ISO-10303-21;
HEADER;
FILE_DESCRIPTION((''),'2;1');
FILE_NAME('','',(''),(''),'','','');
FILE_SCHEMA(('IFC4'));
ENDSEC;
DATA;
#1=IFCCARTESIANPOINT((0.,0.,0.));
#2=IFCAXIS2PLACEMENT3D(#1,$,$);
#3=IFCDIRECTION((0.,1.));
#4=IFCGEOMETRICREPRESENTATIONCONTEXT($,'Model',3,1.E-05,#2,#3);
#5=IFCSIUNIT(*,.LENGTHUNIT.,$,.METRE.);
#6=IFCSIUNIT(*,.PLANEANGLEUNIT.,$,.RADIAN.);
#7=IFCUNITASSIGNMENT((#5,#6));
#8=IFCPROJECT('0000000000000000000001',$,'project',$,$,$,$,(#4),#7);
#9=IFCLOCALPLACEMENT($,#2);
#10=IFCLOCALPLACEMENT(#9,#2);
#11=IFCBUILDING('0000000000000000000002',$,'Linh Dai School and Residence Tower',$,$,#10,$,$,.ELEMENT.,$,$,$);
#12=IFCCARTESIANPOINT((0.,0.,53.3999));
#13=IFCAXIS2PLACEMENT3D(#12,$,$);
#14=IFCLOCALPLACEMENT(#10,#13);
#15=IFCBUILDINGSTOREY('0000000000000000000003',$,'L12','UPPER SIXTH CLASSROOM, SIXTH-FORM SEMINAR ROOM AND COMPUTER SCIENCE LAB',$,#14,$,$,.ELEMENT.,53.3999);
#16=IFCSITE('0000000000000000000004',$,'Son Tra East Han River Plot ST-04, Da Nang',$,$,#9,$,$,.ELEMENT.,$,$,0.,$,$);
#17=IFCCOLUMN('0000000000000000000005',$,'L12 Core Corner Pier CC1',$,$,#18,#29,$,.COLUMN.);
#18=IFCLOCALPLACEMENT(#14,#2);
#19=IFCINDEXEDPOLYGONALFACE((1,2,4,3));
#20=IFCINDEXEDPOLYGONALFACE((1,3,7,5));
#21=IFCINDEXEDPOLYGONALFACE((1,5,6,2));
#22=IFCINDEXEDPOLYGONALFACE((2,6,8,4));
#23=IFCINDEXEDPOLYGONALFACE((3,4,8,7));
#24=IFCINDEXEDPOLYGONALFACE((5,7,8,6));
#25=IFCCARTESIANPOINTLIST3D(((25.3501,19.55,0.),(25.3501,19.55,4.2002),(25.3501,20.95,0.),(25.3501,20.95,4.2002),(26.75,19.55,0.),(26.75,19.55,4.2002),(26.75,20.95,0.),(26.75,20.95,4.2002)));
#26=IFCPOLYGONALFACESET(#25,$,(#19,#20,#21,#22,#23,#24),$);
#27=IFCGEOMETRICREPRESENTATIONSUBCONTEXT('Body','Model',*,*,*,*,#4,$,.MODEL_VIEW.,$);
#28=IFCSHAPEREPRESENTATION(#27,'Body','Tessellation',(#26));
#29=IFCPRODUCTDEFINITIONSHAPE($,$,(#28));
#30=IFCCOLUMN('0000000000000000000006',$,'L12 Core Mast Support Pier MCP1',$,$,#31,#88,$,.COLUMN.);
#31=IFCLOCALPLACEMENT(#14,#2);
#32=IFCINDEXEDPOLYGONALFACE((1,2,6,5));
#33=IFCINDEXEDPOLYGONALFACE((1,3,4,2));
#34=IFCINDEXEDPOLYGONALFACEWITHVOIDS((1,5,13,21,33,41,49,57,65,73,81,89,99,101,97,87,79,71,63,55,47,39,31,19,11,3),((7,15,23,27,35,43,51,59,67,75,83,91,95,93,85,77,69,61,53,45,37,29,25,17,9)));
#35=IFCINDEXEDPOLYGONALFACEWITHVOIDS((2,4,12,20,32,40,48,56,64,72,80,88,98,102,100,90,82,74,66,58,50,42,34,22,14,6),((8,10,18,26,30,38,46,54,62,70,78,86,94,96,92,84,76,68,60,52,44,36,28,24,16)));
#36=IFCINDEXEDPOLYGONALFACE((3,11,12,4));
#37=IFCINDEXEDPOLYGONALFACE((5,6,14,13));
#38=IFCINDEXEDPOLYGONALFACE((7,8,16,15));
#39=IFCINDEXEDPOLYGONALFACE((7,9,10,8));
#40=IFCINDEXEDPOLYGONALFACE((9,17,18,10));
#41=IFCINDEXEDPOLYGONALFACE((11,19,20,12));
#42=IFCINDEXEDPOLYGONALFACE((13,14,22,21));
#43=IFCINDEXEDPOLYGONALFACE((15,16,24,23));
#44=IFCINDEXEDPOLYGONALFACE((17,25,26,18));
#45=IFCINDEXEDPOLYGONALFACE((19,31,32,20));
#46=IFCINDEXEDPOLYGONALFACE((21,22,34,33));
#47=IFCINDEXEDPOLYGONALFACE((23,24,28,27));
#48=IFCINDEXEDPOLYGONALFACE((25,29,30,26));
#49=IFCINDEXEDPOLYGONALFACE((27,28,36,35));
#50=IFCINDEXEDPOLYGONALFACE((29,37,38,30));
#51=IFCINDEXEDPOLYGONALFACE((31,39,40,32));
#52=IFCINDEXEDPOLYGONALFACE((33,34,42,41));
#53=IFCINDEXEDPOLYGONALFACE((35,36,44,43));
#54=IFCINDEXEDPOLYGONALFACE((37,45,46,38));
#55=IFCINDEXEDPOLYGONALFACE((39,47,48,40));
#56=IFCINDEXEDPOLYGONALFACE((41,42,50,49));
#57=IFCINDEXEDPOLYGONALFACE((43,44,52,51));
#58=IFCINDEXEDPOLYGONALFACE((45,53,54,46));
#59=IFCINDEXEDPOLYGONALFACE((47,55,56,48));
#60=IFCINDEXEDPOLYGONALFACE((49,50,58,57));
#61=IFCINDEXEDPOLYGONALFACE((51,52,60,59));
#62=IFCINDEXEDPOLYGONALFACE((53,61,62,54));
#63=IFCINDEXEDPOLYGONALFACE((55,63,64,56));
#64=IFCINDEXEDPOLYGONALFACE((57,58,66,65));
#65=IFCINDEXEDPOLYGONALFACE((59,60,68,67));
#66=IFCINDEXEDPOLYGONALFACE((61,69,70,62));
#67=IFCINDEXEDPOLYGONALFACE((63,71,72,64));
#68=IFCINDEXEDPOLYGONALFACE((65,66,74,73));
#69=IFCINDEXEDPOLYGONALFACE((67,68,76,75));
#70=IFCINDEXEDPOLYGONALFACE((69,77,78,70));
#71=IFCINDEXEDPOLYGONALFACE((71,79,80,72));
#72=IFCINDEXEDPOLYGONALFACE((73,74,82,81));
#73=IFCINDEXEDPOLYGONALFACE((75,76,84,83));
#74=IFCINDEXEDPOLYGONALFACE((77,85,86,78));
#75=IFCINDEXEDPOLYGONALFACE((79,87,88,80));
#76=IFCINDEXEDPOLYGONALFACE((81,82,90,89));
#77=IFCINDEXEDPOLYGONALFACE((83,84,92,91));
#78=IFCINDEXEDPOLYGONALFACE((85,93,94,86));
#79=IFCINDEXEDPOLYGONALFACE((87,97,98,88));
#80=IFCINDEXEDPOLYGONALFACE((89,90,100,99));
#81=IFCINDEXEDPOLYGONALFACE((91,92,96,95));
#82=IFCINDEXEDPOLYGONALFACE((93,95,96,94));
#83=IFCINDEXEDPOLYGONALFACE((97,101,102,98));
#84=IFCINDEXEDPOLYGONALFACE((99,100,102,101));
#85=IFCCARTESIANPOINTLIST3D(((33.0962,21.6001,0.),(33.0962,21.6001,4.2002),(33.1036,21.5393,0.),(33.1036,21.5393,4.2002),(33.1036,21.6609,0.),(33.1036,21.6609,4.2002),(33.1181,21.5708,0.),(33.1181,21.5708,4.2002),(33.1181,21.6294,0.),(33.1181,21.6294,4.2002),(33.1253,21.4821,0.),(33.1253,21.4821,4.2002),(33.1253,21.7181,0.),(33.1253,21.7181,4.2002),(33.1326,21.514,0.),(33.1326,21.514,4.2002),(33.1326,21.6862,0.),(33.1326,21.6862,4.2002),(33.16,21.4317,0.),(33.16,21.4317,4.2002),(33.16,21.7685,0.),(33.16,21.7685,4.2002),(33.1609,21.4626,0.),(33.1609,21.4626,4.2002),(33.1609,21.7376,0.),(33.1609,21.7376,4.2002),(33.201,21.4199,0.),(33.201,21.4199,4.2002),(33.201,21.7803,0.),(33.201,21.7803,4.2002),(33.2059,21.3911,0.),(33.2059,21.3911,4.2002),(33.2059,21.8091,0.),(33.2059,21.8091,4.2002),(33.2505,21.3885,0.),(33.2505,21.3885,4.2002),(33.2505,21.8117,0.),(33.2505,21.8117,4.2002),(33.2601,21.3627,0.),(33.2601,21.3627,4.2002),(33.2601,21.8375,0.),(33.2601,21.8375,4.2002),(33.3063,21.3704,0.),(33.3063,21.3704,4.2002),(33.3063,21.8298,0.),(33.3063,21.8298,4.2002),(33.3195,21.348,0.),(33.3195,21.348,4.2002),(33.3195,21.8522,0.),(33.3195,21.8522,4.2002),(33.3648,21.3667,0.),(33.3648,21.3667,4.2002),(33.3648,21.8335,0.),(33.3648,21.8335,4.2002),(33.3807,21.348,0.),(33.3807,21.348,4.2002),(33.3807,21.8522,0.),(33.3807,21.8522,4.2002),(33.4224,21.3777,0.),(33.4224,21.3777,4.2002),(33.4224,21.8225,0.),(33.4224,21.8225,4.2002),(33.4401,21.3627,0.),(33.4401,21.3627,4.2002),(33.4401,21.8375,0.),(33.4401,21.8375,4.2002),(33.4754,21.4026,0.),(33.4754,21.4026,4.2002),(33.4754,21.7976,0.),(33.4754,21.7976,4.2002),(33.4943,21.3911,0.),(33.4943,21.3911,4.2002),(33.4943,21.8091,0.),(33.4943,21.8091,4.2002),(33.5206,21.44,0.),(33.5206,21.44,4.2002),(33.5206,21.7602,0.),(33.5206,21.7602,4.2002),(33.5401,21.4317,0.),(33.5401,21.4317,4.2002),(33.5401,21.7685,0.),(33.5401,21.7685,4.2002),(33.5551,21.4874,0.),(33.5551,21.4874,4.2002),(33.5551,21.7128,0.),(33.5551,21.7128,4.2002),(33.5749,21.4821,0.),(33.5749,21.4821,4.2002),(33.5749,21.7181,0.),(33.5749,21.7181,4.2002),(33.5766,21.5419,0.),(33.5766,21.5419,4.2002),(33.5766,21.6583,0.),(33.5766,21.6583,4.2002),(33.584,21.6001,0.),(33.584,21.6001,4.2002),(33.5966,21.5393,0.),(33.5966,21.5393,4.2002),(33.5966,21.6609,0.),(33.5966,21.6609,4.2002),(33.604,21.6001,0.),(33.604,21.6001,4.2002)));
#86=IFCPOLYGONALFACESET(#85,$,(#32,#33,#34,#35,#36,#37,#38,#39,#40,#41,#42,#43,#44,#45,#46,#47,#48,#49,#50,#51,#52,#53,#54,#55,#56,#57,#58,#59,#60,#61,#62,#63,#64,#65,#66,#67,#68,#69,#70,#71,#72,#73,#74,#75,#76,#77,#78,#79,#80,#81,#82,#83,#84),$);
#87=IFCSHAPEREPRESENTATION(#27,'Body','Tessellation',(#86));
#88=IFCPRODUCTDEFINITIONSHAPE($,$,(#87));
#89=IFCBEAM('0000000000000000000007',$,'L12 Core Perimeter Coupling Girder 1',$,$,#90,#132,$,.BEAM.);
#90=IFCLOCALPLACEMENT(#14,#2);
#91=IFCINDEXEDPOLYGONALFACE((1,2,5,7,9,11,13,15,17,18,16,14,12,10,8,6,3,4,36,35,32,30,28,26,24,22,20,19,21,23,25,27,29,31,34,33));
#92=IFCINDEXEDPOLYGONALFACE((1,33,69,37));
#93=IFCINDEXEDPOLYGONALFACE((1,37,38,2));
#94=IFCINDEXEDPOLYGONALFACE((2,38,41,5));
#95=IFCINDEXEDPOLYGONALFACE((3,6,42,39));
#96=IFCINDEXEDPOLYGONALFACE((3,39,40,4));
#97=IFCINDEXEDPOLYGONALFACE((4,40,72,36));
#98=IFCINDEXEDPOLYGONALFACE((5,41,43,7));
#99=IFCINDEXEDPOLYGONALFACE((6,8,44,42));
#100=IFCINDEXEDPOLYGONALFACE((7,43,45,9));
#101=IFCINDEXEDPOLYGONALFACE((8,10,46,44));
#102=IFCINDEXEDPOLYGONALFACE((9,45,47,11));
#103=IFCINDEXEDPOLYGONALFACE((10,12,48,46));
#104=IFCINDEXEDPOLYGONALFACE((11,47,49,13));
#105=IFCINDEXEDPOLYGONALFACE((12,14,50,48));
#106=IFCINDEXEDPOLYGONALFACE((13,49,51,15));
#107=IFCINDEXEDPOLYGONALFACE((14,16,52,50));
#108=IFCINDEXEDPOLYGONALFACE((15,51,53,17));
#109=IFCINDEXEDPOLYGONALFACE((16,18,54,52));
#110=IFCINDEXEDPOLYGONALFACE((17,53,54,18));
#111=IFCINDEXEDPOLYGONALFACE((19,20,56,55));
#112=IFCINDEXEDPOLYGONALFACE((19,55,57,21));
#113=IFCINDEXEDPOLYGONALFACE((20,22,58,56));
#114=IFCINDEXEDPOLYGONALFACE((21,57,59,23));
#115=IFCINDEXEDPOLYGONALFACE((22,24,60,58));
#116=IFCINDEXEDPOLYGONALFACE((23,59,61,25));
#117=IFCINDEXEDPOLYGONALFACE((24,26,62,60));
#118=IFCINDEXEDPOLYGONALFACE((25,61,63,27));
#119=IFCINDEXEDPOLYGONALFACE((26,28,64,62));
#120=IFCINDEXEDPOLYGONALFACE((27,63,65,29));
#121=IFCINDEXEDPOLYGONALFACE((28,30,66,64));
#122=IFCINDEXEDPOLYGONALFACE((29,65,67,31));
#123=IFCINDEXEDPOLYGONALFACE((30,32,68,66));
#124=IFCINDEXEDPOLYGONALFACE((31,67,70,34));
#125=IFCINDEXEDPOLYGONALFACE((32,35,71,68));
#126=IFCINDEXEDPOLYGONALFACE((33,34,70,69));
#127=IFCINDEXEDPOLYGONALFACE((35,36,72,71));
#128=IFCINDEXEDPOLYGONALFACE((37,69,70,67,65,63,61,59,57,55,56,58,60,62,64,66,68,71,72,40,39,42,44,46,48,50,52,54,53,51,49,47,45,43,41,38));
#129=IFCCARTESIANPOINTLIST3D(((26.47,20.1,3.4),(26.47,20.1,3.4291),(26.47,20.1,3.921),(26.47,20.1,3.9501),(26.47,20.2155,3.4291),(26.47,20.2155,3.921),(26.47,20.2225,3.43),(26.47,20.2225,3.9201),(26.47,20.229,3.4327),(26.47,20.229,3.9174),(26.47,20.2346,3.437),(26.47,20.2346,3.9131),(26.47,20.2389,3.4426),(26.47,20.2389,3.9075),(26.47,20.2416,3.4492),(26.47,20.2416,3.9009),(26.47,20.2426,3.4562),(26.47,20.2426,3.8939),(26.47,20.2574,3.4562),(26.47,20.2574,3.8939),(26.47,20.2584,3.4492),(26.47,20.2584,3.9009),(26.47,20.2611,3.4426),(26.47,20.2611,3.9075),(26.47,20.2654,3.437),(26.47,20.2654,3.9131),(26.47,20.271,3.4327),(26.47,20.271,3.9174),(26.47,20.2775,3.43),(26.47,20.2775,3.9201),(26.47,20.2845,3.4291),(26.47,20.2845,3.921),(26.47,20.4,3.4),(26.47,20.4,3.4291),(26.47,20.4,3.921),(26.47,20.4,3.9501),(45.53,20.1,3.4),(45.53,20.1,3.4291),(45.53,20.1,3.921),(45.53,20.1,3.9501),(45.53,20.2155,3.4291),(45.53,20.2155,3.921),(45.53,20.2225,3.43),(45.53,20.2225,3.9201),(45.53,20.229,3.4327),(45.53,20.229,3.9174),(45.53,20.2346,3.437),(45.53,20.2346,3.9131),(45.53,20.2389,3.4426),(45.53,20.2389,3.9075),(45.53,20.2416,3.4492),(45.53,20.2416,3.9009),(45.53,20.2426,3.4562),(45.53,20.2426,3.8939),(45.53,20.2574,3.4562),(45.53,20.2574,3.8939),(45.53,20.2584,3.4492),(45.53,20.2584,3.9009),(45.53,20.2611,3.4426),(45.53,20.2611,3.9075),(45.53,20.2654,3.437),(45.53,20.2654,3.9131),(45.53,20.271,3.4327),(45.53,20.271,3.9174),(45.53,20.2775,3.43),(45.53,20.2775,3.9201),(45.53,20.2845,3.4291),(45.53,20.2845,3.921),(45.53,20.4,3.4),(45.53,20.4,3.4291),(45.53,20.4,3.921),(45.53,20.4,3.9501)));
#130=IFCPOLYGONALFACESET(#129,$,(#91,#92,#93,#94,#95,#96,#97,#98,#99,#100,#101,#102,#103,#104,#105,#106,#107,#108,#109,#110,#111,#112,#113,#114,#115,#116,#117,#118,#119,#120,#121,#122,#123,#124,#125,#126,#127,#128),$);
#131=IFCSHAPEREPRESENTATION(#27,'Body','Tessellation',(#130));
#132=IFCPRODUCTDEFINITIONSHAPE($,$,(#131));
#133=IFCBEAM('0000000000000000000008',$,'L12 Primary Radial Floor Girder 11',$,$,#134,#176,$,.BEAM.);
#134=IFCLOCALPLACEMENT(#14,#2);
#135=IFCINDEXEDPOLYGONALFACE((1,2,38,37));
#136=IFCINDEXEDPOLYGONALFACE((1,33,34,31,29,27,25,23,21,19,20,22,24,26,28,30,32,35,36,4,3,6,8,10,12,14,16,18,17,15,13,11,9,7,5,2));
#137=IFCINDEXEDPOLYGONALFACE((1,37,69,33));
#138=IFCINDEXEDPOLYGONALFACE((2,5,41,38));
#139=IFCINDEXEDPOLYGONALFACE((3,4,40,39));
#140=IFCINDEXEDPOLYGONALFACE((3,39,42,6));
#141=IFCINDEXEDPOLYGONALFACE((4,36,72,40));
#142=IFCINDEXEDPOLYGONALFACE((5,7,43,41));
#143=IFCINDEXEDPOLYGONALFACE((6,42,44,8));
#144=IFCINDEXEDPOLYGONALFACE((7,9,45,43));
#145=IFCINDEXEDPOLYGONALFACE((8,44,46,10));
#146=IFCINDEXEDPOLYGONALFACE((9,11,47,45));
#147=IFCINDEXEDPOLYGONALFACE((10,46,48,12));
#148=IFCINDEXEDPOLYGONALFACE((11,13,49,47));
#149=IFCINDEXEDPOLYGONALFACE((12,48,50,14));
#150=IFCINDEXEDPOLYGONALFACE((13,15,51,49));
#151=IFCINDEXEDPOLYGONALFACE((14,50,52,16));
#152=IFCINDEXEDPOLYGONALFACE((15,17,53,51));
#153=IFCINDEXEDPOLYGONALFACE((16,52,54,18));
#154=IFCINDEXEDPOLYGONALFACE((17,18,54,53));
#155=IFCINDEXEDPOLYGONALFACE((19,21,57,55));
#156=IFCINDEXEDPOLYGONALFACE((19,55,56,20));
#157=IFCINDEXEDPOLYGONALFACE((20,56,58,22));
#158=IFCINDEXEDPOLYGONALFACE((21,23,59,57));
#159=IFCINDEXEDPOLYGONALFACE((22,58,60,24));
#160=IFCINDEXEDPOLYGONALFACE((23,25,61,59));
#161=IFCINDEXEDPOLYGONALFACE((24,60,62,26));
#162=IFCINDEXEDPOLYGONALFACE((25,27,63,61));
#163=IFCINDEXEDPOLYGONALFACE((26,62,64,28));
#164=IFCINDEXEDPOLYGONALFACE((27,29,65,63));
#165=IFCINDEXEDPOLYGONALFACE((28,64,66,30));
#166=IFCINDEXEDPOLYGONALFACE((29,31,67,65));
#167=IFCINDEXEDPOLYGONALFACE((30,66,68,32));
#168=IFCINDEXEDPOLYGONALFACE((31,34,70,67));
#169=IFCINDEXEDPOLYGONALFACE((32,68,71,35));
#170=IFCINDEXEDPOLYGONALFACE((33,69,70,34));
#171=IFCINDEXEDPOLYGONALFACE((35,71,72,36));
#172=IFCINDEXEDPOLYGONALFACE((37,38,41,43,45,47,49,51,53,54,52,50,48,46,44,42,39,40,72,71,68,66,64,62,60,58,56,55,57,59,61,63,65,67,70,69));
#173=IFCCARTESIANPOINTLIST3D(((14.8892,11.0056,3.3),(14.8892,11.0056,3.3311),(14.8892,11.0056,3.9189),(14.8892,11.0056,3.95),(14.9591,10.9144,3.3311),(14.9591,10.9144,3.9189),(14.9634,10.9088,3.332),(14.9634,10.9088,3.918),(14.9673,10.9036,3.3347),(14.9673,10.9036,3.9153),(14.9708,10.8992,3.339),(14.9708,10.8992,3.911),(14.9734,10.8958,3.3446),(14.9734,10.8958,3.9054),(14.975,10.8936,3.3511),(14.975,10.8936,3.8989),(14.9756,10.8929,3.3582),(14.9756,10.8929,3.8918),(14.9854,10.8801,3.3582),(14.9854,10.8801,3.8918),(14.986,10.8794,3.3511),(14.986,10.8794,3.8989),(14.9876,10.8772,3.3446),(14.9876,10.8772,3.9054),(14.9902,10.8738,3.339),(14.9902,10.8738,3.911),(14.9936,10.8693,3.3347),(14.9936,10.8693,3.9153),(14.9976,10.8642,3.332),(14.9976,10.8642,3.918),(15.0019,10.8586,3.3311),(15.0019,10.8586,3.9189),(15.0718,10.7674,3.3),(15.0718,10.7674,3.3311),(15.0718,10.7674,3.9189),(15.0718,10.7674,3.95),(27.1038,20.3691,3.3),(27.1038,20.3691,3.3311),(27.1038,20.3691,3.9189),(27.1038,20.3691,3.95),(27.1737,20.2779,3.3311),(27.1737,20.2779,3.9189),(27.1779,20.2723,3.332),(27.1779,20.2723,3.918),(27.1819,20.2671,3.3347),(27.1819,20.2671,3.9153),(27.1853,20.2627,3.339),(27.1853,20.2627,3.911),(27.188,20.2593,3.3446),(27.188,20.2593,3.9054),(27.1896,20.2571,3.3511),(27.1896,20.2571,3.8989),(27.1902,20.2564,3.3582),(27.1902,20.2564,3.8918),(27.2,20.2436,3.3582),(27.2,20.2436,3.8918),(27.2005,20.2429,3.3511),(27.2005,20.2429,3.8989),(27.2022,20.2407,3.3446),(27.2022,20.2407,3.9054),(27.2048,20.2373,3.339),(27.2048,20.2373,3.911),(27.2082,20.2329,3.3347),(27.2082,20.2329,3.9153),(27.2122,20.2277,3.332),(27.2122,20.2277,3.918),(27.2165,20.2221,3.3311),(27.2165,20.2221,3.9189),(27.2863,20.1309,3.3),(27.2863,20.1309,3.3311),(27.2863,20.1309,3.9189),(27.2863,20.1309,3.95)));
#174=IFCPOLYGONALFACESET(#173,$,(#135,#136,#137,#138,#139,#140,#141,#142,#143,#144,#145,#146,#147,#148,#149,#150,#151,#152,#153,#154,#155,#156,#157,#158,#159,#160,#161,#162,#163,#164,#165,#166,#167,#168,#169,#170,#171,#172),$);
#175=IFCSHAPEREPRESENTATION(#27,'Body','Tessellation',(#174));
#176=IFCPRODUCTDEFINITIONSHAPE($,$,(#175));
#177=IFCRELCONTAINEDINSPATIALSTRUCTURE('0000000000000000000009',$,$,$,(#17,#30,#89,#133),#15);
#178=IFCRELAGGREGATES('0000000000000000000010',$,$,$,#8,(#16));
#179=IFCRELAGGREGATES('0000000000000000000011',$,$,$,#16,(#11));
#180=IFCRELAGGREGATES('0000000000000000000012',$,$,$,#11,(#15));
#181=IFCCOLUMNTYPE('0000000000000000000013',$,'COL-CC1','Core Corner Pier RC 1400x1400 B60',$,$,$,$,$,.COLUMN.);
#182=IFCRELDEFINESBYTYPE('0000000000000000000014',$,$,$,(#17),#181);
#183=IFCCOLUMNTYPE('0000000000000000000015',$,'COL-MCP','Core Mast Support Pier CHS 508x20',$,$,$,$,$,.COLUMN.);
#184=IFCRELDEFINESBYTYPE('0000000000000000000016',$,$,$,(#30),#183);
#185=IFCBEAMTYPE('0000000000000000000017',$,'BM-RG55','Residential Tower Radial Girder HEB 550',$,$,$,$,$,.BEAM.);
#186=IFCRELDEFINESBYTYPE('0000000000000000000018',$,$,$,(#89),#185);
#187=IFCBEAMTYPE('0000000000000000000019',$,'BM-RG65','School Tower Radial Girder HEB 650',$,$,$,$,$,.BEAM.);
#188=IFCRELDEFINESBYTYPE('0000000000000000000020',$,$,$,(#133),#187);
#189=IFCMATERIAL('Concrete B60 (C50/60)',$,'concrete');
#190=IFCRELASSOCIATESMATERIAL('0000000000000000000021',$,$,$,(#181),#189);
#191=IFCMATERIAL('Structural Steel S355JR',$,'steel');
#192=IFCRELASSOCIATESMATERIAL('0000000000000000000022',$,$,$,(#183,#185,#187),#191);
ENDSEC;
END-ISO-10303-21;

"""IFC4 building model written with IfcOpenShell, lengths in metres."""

from ifc_helpers import new_model, si_unit, direction, frame, origin, origin_2d, place, context, subcontext, project, spatial, rectangle, hollow_circle, i_section, extrude, material, material_profile, profile_set, type_object, element, save


model = new_model("IFC4")

# Units and contexts
model_context = context("Model", 3, precision=1e-05, world=origin(), true_north=direction((0.0, 1.0)))
body_context = subcontext(model_context, "Body", "Model", "MODEL_VIEW")
ifc_project = project(units=[si_unit("LENGTHUNIT", "METRE"), si_unit("PLANEANGLEUNIT", "RADIAN")], contexts=[model_context])

# Site, building, storey
site_placement = place(None, origin())
site = spatial("IfcSite", under=ifc_project, at=site_placement, Name="Son Tra East Han River Plot ST-04, Da Nang", CompositionType="ELEMENT", RefElevation=0.0)
building_placement = place(site_placement, origin())
building = spatial("IfcBuilding", under=site, at=building_placement, Name="Linh Dai School and Residence Tower", CompositionType="ELEMENT")
storey_placement = place(building_placement, frame((0.0, 0.0, 53.3999)))
storey = spatial("IfcBuildingStorey", under=building, at=storey_placement, Name="L12", Description="UPPER SIXTH CLASSROOM, SIXTH-FORM SEMINAR ROOM AND COMPUTER SCIENCE LAB", CompositionType="ELEMENT", Elevation=53.3999)

# Columns
ifc_material_1 = material(Name="Concrete B60 (C50/60)", Category="concrete")
ifc_material_profile_1 = material_profile(ifc_material_1, rectangle(XDim=1.3999, YDim=1.3999, at=origin_2d()), Name="RC 1400x1400")
ifc_profile_set_1 = profile_set([ifc_material_profile_1], Name="Concrete B60 (C50/60)")
column_type_1 = type_object("IfcColumnType", Name="COL-CC1", Description="Core Corner Pier RC 1400x1400 B60", PredefinedType="COLUMN", material=ifc_profile_set_1)
column_1_placement = place(storey_placement, frame((26.05, 20.25, 0.0), z_axis=(0.0, 0.0, 1.0), x_axis=(1.0, 0.0, 0.0)))
element("IfcColumn", 1, at=column_1_placement, inside=storey, type_object=column_type_1, Name="L12 Core Corner Pier CC1", PredefinedType="COLUMN", context=body_context, shape_type="SweptSolid", body=[
    extrude(rectangle(XDim=1.3999, YDim=1.3999, at=origin_2d()), origin(), (0.0, 0.0, 1.0), 4.2002),
])
ifc_material_2 = material(Name="Structural Steel S355JR", Category="steel")
ifc_material_profile_2 = material_profile(ifc_material_2, hollow_circle(Radius=0.2539, WallThickness=0.02, at=origin_2d()), Name="CHS 508x20")
ifc_profile_set_2 = profile_set([ifc_material_profile_2], Name="Structural Steel S355JR")
column_type_2 = type_object("IfcColumnType", Name="COL-MCP", Description="Core Mast Support Pier CHS 508x20", PredefinedType="COLUMN", material=ifc_profile_set_2)
column_2_placement = place(storey_placement, frame((33.3501, 21.6001, 0.0), z_axis=(0.0, 0.0, 1.0), x_axis=(1.0, 0.0, 0.0)))
element("IfcColumn", 2, at=column_2_placement, inside=storey, type_object=column_type_2, Name="L12 Core Mast Support Pier MCP1", PredefinedType="COLUMN", context=body_context, shape_type="SweptSolid", body=[
    extrude(hollow_circle(Radius=0.2539, WallThickness=0.02, at=origin_2d()), origin(), (0.0, 0.0, 1.0), 4.2002),
])

# Beams
ifc_material_profile_3 = material_profile(ifc_material_2, i_section(OverallWidth=0.3, OverallDepth=0.55, WebThickness=0.0149, FlangeThickness=0.0291, FilletRadius=0.0271, at=origin_2d()), Name="HEB 550")
ifc_profile_set_3 = profile_set([ifc_material_profile_3], Name="Structural Steel S355JR")
beam_type_1 = type_object("IfcBeamType", Name="BM-RG55", Description="Residential Tower Radial Girder HEB 550", PredefinedType="BEAM", material=ifc_profile_set_3)
beam_1_placement = place(storey_placement, frame((26.47, 20.25, 3.675), z_axis=(1.0, 0.0, 0.0), x_axis=(0.0, 1.0, 0.0)))
element("IfcBeam", 3, at=beam_1_placement, inside=storey, type_object=beam_type_1, Name="L12 Core Perimeter Coupling Girder 1", PredefinedType="BEAM", context=body_context, shape_type="SweptSolid", body=[
    extrude(i_section(OverallWidth=0.3, OverallDepth=0.55, WebThickness=0.0149, FlangeThickness=0.0291, FilletRadius=0.0271, at=origin_2d()), origin(), (0.0, 0.0, 1.0), 19.0601),
])
ifc_material_profile_4 = material_profile(ifc_material_2, i_section(OverallWidth=0.3, OverallDepth=0.6499, WebThickness=0.0161, FlangeThickness=0.031, FilletRadius=0.0271, at=origin_2d()), Name="HEB 650")
ifc_profile_set_4 = profile_set([ifc_material_profile_4], Name="Structural Steel S355JR")
beam_type_2 = type_object("IfcBeamType", Name="BM-RG65", Description="School Tower Radial Girder HEB 650", PredefinedType="BEAM", material=ifc_profile_set_4)
beam_2_placement = place(storey_placement, frame((27.1951, 20.25, 3.625), z_axis=(-0.793638, -0.608391, 0.0), x_axis=(0.608391, -0.793638, 0.0)))
element("IfcBeam", 4, at=beam_2_placement, inside=storey, type_object=beam_type_2, Name="L12 Primary Radial Floor Girder 11", PredefinedType="BEAM", context=body_context, shape_type="SweptSolid", body=[
    extrude(i_section(OverallWidth=0.3, OverallDepth=0.6499, WebThickness=0.0161, FlangeThickness=0.031, FilletRadius=0.0271, at=origin_2d()), origin(), (0.0, 0.0, 1.0), 15.3906),
])

save(model, "model.ifc")
